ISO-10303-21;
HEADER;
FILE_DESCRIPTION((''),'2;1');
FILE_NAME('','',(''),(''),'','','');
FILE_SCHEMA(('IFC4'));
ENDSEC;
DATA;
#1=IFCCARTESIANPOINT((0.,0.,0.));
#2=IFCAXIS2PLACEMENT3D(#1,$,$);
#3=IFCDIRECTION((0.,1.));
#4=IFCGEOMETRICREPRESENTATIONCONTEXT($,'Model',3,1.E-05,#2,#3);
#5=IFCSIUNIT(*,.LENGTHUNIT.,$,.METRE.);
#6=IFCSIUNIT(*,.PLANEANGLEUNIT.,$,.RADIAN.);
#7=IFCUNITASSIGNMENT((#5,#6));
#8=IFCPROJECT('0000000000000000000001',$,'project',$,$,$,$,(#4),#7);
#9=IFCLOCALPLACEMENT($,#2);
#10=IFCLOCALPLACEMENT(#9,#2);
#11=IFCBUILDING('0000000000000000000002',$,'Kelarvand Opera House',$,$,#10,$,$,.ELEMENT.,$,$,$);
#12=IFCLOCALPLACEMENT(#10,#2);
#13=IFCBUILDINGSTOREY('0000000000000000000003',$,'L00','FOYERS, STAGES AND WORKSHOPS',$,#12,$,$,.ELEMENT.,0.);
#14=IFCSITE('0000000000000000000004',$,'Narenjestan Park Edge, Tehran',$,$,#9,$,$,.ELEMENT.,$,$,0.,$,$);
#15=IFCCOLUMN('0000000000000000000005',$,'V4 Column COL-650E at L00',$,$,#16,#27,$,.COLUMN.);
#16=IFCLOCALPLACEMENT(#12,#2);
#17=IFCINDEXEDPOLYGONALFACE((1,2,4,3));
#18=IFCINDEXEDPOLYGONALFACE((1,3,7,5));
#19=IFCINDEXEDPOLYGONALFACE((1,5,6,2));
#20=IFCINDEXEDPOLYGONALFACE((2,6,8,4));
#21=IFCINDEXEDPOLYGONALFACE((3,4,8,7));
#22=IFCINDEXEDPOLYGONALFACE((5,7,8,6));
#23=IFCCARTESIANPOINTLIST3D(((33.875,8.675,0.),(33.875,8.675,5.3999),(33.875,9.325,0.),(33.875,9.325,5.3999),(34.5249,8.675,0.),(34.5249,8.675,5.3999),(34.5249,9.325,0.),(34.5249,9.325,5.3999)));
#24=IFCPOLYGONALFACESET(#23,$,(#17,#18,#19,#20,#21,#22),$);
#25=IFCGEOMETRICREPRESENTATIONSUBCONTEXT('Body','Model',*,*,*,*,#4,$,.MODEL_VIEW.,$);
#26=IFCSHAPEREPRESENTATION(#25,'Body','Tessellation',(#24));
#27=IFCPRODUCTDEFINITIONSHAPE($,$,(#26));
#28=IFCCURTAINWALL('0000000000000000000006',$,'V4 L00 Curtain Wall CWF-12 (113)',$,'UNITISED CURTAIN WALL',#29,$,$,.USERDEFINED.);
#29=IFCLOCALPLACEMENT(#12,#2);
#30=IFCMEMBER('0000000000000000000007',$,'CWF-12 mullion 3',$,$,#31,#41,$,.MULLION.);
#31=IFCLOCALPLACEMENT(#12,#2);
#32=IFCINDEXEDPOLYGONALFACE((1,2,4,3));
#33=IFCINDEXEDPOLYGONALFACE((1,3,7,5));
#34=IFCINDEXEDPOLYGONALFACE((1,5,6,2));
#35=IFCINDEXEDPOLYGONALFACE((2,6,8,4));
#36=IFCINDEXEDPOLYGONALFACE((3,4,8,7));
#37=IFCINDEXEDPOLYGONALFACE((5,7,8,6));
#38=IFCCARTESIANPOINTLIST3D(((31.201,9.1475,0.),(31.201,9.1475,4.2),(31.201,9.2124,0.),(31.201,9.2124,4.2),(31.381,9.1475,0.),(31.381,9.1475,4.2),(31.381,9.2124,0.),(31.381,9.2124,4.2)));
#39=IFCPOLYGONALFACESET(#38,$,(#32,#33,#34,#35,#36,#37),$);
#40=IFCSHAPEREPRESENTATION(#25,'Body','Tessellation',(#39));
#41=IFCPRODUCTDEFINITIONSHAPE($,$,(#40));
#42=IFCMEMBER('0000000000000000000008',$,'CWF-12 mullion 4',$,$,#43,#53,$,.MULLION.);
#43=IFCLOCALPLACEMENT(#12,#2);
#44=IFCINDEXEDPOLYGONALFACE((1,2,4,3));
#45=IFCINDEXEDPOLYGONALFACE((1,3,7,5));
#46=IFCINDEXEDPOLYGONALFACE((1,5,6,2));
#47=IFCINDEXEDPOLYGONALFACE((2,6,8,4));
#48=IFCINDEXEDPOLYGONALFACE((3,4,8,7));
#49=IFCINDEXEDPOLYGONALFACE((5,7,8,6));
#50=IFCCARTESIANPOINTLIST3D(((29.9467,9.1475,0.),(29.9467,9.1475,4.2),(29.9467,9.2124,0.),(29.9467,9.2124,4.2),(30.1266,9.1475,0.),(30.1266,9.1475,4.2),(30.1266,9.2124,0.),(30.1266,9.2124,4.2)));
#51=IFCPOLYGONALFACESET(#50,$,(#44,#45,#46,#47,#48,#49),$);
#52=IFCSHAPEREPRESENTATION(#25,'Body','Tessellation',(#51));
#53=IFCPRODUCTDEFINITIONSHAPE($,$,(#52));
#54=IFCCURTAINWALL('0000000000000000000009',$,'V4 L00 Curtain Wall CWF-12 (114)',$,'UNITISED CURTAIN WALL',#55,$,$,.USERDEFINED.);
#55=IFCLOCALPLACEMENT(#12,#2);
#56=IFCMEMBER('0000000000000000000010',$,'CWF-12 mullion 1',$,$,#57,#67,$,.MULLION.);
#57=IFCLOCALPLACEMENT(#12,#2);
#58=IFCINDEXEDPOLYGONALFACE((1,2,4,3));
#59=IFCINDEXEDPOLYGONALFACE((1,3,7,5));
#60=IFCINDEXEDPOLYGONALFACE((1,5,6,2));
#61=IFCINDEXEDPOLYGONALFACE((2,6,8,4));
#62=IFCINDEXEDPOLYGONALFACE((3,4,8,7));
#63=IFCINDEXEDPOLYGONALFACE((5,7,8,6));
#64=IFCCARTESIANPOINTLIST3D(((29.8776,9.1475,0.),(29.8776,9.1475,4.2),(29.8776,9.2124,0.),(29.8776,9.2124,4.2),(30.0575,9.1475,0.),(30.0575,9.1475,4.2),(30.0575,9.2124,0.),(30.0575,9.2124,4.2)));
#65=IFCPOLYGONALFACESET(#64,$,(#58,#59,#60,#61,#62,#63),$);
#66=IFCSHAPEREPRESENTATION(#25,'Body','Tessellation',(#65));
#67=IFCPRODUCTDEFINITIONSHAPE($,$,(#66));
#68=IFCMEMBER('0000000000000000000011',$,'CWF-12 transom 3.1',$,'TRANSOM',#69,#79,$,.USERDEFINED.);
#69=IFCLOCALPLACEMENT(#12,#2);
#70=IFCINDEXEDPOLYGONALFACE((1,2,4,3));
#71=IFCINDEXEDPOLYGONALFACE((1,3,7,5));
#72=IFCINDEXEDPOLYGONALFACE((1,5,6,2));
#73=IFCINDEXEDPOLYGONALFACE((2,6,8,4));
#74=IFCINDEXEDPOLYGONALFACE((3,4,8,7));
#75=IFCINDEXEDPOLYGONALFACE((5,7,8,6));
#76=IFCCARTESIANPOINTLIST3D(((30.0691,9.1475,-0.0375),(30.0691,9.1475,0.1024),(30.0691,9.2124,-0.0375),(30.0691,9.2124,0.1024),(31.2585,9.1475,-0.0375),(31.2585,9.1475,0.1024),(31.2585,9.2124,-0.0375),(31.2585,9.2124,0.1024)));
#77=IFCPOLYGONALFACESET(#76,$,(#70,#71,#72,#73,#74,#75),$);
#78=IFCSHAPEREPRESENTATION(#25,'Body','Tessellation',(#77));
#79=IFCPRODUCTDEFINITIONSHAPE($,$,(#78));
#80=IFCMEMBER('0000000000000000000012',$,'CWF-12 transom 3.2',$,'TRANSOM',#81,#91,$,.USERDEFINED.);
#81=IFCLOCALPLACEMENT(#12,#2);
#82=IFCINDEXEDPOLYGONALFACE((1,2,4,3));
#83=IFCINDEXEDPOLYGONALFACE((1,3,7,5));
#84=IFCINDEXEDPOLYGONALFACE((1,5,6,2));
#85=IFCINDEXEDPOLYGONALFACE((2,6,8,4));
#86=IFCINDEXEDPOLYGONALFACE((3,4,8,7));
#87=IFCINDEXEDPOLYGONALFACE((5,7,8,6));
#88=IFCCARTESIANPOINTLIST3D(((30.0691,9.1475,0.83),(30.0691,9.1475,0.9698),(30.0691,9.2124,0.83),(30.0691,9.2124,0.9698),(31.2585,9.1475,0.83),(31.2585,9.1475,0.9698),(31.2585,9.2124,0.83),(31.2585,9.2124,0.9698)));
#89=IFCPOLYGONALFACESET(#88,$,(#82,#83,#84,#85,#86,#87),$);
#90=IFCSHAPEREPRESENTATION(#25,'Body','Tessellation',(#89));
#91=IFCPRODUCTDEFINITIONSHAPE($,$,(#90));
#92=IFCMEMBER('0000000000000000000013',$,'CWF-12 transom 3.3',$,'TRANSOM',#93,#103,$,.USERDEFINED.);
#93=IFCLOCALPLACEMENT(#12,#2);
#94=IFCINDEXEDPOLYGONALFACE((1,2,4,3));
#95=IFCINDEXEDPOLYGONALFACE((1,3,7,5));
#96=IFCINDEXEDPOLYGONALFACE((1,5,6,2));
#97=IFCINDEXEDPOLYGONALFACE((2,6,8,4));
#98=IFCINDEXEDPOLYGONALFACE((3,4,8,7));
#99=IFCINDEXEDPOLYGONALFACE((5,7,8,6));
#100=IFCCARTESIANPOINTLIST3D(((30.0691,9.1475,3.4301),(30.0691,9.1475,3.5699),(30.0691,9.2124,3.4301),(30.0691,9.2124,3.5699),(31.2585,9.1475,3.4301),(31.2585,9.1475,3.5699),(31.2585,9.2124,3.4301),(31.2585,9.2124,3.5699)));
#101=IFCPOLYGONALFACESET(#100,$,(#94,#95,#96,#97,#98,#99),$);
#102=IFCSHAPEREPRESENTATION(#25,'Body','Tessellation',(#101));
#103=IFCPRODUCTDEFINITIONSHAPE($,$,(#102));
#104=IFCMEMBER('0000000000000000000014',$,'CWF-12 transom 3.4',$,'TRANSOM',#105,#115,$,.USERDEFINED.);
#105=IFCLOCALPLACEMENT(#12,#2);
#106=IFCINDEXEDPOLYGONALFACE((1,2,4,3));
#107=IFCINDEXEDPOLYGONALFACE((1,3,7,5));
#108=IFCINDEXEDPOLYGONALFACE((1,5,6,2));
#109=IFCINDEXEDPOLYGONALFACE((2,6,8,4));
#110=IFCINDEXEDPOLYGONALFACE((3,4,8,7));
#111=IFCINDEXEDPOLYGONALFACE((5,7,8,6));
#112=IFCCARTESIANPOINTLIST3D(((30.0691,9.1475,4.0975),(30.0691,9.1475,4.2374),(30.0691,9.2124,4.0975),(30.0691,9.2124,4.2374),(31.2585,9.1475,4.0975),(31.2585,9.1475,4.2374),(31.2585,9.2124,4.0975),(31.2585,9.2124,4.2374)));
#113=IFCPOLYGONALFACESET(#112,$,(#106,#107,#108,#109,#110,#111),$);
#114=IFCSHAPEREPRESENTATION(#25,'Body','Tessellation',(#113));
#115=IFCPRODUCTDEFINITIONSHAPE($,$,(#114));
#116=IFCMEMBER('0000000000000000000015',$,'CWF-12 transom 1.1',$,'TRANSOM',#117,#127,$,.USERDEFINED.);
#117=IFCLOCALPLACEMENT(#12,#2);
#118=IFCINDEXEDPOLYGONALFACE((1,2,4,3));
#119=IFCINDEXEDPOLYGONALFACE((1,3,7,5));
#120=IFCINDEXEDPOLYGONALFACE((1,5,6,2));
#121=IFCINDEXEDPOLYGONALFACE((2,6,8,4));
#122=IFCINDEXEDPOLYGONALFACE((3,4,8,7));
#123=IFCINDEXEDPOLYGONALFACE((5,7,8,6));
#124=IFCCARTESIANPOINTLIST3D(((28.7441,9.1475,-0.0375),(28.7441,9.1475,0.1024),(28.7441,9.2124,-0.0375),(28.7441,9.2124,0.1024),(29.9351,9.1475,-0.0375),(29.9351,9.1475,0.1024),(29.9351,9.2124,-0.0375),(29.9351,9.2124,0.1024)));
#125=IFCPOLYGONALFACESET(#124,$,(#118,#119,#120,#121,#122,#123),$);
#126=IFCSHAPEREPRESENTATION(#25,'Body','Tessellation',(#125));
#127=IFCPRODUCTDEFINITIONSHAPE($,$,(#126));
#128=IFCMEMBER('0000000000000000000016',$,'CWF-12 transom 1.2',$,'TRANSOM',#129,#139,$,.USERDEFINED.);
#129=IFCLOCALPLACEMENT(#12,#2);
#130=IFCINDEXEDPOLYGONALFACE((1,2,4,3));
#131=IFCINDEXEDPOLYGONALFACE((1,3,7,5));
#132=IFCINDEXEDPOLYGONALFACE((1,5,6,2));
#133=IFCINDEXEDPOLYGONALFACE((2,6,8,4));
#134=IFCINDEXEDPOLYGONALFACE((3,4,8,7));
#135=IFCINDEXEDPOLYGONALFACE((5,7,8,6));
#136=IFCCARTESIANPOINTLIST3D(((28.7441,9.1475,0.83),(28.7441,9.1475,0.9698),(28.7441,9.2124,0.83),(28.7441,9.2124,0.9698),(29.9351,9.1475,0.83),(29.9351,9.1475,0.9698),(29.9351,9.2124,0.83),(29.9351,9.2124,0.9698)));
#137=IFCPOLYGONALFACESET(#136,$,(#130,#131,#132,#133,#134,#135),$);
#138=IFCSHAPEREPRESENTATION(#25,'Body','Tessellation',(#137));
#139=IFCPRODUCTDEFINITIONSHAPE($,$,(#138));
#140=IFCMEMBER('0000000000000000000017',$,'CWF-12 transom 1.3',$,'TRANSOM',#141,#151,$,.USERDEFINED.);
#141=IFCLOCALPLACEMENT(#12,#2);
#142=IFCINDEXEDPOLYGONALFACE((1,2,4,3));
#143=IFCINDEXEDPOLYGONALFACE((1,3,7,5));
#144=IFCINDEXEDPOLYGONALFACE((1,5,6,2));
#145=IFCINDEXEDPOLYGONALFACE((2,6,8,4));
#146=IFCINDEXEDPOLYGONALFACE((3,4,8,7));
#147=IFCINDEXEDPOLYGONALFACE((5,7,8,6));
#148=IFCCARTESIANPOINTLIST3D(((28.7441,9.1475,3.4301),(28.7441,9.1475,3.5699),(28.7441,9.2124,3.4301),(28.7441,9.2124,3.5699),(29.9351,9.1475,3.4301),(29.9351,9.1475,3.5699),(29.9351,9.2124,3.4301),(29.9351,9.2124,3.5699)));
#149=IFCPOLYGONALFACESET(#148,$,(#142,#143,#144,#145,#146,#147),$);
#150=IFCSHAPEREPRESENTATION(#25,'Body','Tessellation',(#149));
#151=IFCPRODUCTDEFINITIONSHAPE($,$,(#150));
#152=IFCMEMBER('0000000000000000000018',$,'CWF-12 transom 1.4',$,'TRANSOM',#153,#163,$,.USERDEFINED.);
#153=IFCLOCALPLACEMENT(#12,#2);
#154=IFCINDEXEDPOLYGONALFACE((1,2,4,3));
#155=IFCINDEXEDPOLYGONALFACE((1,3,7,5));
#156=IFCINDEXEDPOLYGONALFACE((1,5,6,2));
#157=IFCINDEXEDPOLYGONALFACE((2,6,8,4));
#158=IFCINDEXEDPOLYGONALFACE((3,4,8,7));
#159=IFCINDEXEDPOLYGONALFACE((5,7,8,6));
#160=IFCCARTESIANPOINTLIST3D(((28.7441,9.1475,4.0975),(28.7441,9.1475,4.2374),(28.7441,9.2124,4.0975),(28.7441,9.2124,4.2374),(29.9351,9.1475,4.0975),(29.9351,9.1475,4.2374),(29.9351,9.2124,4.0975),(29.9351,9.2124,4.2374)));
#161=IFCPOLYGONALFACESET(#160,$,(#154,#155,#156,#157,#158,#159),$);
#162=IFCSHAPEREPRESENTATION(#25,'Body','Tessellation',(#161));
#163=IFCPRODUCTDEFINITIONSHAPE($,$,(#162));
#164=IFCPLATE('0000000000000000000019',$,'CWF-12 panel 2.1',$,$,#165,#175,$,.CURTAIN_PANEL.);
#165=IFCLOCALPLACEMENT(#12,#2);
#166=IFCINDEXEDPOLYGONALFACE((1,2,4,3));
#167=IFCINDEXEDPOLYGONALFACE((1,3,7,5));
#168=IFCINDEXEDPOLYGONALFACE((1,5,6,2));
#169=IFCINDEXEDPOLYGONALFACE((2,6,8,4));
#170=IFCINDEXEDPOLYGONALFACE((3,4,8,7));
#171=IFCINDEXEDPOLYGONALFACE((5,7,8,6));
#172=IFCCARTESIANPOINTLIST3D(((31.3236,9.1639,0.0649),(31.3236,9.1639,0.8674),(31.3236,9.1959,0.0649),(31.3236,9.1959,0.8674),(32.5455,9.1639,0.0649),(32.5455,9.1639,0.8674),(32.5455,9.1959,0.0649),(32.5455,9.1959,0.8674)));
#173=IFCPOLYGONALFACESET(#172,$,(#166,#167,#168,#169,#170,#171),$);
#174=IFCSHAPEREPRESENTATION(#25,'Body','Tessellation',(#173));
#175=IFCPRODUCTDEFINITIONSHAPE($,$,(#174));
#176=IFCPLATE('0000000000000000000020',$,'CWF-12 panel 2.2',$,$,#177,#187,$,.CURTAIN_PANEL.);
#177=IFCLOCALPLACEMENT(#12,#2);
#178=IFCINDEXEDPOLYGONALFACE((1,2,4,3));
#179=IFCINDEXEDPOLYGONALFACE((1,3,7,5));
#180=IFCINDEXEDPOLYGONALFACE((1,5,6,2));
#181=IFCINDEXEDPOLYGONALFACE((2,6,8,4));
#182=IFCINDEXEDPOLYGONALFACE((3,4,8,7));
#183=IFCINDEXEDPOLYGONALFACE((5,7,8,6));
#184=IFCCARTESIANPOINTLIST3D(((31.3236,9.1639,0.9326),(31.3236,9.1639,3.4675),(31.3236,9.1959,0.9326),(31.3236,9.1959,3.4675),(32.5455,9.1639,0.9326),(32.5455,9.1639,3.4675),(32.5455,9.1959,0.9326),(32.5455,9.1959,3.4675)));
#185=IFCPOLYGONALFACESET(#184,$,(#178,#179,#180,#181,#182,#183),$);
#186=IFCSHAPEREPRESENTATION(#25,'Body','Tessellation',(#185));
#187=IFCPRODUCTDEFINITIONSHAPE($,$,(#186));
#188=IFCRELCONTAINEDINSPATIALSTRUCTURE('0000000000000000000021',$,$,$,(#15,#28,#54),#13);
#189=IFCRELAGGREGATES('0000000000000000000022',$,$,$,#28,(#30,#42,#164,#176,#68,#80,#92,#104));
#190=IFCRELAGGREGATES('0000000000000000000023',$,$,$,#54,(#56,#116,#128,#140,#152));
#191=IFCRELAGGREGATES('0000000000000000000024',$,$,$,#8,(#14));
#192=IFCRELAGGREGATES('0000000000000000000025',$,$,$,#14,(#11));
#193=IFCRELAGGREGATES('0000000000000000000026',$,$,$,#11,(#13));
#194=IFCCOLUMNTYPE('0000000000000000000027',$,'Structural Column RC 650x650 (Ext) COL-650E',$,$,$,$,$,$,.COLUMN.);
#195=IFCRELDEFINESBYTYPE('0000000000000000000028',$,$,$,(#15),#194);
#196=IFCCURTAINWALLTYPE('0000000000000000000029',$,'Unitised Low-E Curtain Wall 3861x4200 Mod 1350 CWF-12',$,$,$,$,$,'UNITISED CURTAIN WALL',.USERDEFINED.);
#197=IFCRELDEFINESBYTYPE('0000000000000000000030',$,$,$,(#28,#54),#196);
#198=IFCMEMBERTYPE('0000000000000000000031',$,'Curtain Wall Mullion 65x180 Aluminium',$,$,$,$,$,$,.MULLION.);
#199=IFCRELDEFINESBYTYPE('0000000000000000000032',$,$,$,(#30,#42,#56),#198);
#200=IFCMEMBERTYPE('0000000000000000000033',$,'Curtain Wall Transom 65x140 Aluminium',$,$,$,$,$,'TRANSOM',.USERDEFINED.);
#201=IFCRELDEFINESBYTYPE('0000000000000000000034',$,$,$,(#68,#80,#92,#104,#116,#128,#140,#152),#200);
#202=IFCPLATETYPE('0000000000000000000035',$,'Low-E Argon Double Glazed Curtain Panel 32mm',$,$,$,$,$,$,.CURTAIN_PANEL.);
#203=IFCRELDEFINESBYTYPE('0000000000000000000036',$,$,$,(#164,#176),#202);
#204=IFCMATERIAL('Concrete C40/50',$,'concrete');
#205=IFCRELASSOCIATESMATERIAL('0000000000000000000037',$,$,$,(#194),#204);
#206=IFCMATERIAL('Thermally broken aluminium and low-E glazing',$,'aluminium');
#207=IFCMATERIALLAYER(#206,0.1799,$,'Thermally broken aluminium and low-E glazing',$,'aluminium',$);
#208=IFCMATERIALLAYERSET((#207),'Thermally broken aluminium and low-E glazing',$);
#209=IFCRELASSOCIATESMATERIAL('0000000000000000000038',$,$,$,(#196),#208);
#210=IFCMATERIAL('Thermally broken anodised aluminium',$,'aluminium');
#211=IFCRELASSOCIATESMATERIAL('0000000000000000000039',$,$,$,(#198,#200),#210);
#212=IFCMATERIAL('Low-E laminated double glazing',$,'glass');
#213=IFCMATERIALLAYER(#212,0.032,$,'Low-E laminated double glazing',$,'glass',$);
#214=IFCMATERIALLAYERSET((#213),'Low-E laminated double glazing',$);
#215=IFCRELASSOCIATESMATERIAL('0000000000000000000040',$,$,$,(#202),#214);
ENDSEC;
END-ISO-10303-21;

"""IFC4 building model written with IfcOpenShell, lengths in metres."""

from ifc_helpers import new_model, si_unit, direction, frame, origin, origin_2d, place, context, subcontext, project, spatial, rectangle, extrude, material, layer, layer_set, material_profile, profile_set, type_object, element, aggregate, save


model = new_model("IFC4")

# Units and contexts
model_context = context("Model", 3, precision=1e-05, world=origin(), true_north=direction((0.0, 1.0)))
body_context = subcontext(model_context, "Body", "Model", "MODEL_VIEW")
ifc_project = project(units=[si_unit("LENGTHUNIT", "METRE"), si_unit("PLANEANGLEUNIT", "RADIAN")], contexts=[model_context])

# Site, building, storey
site_placement = place(None, origin())
site = spatial("IfcSite", under=ifc_project, at=site_placement, Name="Narenjestan Park Edge, Tehran", CompositionType="ELEMENT", RefElevation=0.0)
building_placement = place(site_placement, origin())
building = spatial("IfcBuilding", under=site, at=building_placement, Name="Kelarvand Opera House", CompositionType="ELEMENT")
storey_placement = place(building_placement, origin())
storey = spatial("IfcBuildingStorey", under=building, at=storey_placement, Name="L00", Description="FOYERS, STAGES AND WORKSHOPS", CompositionType="ELEMENT", Elevation=0.0)

# Column
ifc_material_1 = material(Name="Concrete C40/50", Category="concrete")
ifc_material_profile_1 = material_profile(ifc_material_1, rectangle(XDim=0.6499, YDim=0.6499, at=origin_2d()), Name="RC 650x650", Category="concrete")
ifc_profile_set_1 = profile_set([ifc_material_profile_1], Name="Concrete C40/50")
column_type = type_object("IfcColumnType", Name="Structural Column RC 650x650 (Ext) COL-650E", PredefinedType="COLUMN", material=ifc_profile_set_1)
column_placement = place(storey_placement, frame((34.2, 9.0, 0.0), z_axis=(0.0, 0.0, 1.0), x_axis=(1.0, 0.0, 0.0)))
element("IfcColumn", 1, at=column_placement, inside=storey, type_object=column_type, Name="V4 Column COL-650E at L00", PredefinedType="COLUMN", context=body_context, shape_type="SweptSolid", body=[
    extrude(rectangle(XDim=0.6499, YDim=0.6499, at=origin_2d()), origin(), (0.0, 0.0, 1.0), 5.3999),
])

# Curtain wall, members
ifc_material_2 = material(Name="Thermally broken aluminium and low-E glazing", Category="aluminium")
ifc_layer_1 = layer(ifc_material_2, 0.1799, Name="Thermally broken aluminium and low-E glazing", Category="aluminium")
ifc_layer_set_1 = layer_set([ifc_layer_1], Name="Thermally broken aluminium and low-E glazing")
curtain_wall_type = type_object("IfcCurtainWallType", Name="Unitised Low-E Curtain Wall 3861x4200 Mod 1350 CWF-12", ElementType="UNITISED CURTAIN WALL", PredefinedType="USERDEFINED", material=ifc_layer_set_1)
curtain_wall_1_placement = place(storey_placement, origin())
curtain_wall_1 = element("IfcCurtainWall", 2, at=curtain_wall_1_placement, inside=storey, type_object=curtain_wall_type, Name="V4 L00 Curtain Wall CWF-12 (113)", ObjectType="UNITISED CURTAIN WALL", PredefinedType="USERDEFINED")
ifc_material_3 = material(Name="Thermally broken anodised aluminium", Category="aluminium")
ifc_material_profile_2 = material_profile(ifc_material_3, rectangle(XDim=0.0649, YDim=0.1799, at=origin_2d()), Name="ALU MULLION 65x180", Category="aluminium")
ifc_profile_set_2 = profile_set([ifc_material_profile_2], Name="Thermally broken anodised aluminium")
member_type_1 = type_object("IfcMemberType", Name="Curtain Wall Mullion 65x180 Aluminium", PredefinedType="MULLION", material=ifc_profile_set_2)
member_1_placement = place(storey_placement, frame((31.291, 9.1799, 0.0), z_axis=(0.0, 0.0, 1.0), x_axis=(0.0, -1.0, 0.0)))
member_1 = element("IfcMember", 3, at=member_1_placement, type_object=member_type_1, Name="CWF-12 mullion 3", PredefinedType="MULLION", context=body_context, shape_type="SweptSolid", body=[
    extrude(rectangle(XDim=0.0649, YDim=0.1799, at=origin_2d()), origin(), (0.0, 0.0, 1.0), 4.2),
])
member_2_placement = place(storey_placement, frame((30.0366, 9.1799, 0.0), z_axis=(0.0, 0.0, 1.0), x_axis=(0.0, -1.0, 0.0)))
member_2 = element("IfcMember", 4, at=member_2_placement, type_object=member_type_1, Name="CWF-12 mullion 4", PredefinedType="MULLION", context=body_context, shape_type="SweptSolid", body=[
    extrude(rectangle(XDim=0.0649, YDim=0.1799, at=origin_2d()), origin(), (0.0, 0.0, 1.0), 4.2),
])

# Curtain wall, member
curtain_wall_2_placement = place(storey_placement, origin())
curtain_wall_2 = element("IfcCurtainWall", 5, at=curtain_wall_2_placement, inside=storey, type_object=curtain_wall_type, Name="V4 L00 Curtain Wall CWF-12 (114)", ObjectType="UNITISED CURTAIN WALL", PredefinedType="USERDEFINED")
member_3_placement = place(storey_placement, frame((29.9675, 9.1799, 0.0), z_axis=(0.0, 0.0, 1.0), x_axis=(0.0, -1.0, 0.0)))
member_3 = element("IfcMember", 6, at=member_3_placement, type_object=member_type_1, Name="CWF-12 mullion 1", PredefinedType="MULLION", context=body_context, shape_type="SweptSolid", body=[
    extrude(rectangle(XDim=0.0649, YDim=0.1799, at=origin_2d()), origin(), (0.0, 0.0, 1.0), 4.2),
])

# Members
ifc_material_profile_3 = material_profile(ifc_material_3, rectangle(XDim=0.0649, YDim=0.1399, at=origin_2d()), Name="ALU TRANSOM 65x140", Category="aluminium")
ifc_profile_set_3 = profile_set([ifc_material_profile_3], Name="Thermally broken anodised aluminium")
member_type_2 = type_object("IfcMemberType", Name="Curtain Wall Transom 65x140 Aluminium", ElementType="TRANSOM", PredefinedType="USERDEFINED", material=ifc_profile_set_3)
member_4_placement = place(storey_placement, frame((31.2585, 9.1799, 0.0325), z_axis=(-1.0, 0.0, 0.0), x_axis=(0.0, -1.0, 0.0)))
member_4 = element("IfcMember", 7, at=member_4_placement, type_object=member_type_2, Name="CWF-12 transom 3.1", ObjectType="TRANSOM", PredefinedType="USERDEFINED", context=body_context, shape_type="SweptSolid", body=[
    extrude(rectangle(XDim=0.0649, YDim=0.1399, at=origin_2d()), origin(), (0.0, 0.0, 1.0), 1.1895),
])
member_5_placement = place(storey_placement, frame((31.2585, 9.1799, 0.8999), z_axis=(-1.0, 0.0, 0.0), x_axis=(0.0, -1.0, 0.0)))
member_5 = element("IfcMember", 8, at=member_5_placement, type_object=member_type_2, Name="CWF-12 transom 3.2", ObjectType="TRANSOM", PredefinedType="USERDEFINED", context=body_context, shape_type="SweptSolid", body=[
    extrude(rectangle(XDim=0.0649, YDim=0.1399, at=origin_2d()), origin(), (0.0, 0.0, 1.0), 1.1895),
])
member_6_placement = place(storey_placement, frame((31.2585, 9.1799, 3.5), z_axis=(-1.0, 0.0, 0.0), x_axis=(0.0, -1.0, 0.0)))
member_6 = element("IfcMember", 9, at=member_6_placement, type_object=member_type_2, Name="CWF-12 transom 3.3", ObjectType="TRANSOM", PredefinedType="USERDEFINED", context=body_context, shape_type="SweptSolid", body=[
    extrude(rectangle(XDim=0.0649, YDim=0.1399, at=origin_2d()), origin(), (0.0, 0.0, 1.0), 1.1895),
])
member_7_placement = place(storey_placement, frame((31.2585, 9.1799, 4.1675), z_axis=(-1.0, 0.0, 0.0), x_axis=(0.0, -1.0, 0.0)))
member_7 = element("IfcMember", 10, at=member_7_placement, type_object=member_type_2, Name="CWF-12 transom 3.4", ObjectType="TRANSOM", PredefinedType="USERDEFINED", context=body_context, shape_type="SweptSolid", body=[
    extrude(rectangle(XDim=0.0649, YDim=0.1399, at=origin_2d()), origin(), (0.0, 0.0, 1.0), 1.1895),
])
member_8_placement = place(storey_placement, frame((29.9351, 9.1799, 0.0325), z_axis=(-1.0, 0.0, 0.0), x_axis=(0.0, -1.0, 0.0)))
member_8 = element("IfcMember", 11, at=member_8_placement, type_object=member_type_2, Name="CWF-12 transom 1.1", ObjectType="TRANSOM", PredefinedType="USERDEFINED", context=body_context, shape_type="SweptSolid", body=[
    extrude(rectangle(XDim=0.0649, YDim=0.1399, at=origin_2d()), origin(), (0.0, 0.0, 1.0), 1.1909),
])
member_9_placement = place(storey_placement, frame((29.9351, 9.1799, 0.8999), z_axis=(-1.0, 0.0, 0.0), x_axis=(0.0, -1.0, 0.0)))
member_9 = element("IfcMember", 12, at=member_9_placement, type_object=member_type_2, Name="CWF-12 transom 1.2", ObjectType="TRANSOM", PredefinedType="USERDEFINED", context=body_context, shape_type="SweptSolid", body=[
    extrude(rectangle(XDim=0.0649, YDim=0.1399, at=origin_2d()), origin(), (0.0, 0.0, 1.0), 1.1909),
])
member_10_placement = place(storey_placement, frame((29.9351, 9.1799, 3.5), z_axis=(-1.0, 0.0, 0.0), x_axis=(0.0, -1.0, 0.0)))
member_10 = element("IfcMember", 13, at=member_10_placement, type_object=member_type_2, Name="CWF-12 transom 1.3", ObjectType="TRANSOM", PredefinedType="USERDEFINED", context=body_context, shape_type="SweptSolid", body=[
    extrude(rectangle(XDim=0.0649, YDim=0.1399, at=origin_2d()), origin(), (0.0, 0.0, 1.0), 1.1909),
])
member_11_placement = place(storey_placement, frame((29.9351, 9.1799, 4.1675), z_axis=(-1.0, 0.0, 0.0), x_axis=(0.0, -1.0, 0.0)))
member_11 = element("IfcMember", 14, at=member_11_placement, type_object=member_type_2, Name="CWF-12 transom 1.4", ObjectType="TRANSOM", PredefinedType="USERDEFINED", context=body_context, shape_type="SweptSolid", body=[
    extrude(rectangle(XDim=0.0649, YDim=0.1399, at=origin_2d()), origin(), (0.0, 0.0, 1.0), 1.1909),
])

# Plates
ifc_material_4 = material(Name="Low-E laminated double glazing", Category="glass")
ifc_layer_2 = layer(ifc_material_4, 0.032, Name="Low-E laminated double glazing", Category="glass")
ifc_layer_set_2 = layer_set([ifc_layer_2], Name="Low-E laminated double glazing")
plate_type = type_object("IfcPlateType", Name="Low-E Argon Double Glazed Curtain Panel 32mm", PredefinedType="CURTAIN_PANEL", material=ifc_layer_set_2)
plate_1_placement = place(storey_placement, frame((31.9346, 9.1799, 0.0649), z_axis=(0.0, 0.0, 1.0), x_axis=(-1.0, 0.0, 0.0)))
plate_1 = element("IfcPlate", 15, at=plate_1_placement, type_object=plate_type, Name="CWF-12 panel 2.1", PredefinedType="CURTAIN_PANEL", context=body_context, shape_type="SweptSolid", body=[
    extrude(rectangle(XDim=1.2219, YDim=0.032, at=origin_2d()), origin(), (0.0, 0.0, 1.0), 0.8025),
])
plate_2_placement = place(storey_placement, frame((31.9346, 9.1799, 0.9326), z_axis=(0.0, 0.0, 1.0), x_axis=(-1.0, 0.0, 0.0)))
plate_2 = element("IfcPlate", 16, at=plate_2_placement, type_object=plate_type, Name="CWF-12 panel 2.2", PredefinedType="CURTAIN_PANEL", context=body_context, shape_type="SweptSolid", body=[
    extrude(rectangle(XDim=1.2219, YDim=0.032, at=origin_2d()), origin(), (0.0, 0.0, 1.0), 2.5349),
])
aggregate(curtain_wall_1, [member_1, member_2, plate_1, plate_2, member_4, member_5, member_6, member_7])
aggregate(curtain_wall_2, [member_3, member_8, member_9, member_10, member_11])

save(model, "model.ifc")
